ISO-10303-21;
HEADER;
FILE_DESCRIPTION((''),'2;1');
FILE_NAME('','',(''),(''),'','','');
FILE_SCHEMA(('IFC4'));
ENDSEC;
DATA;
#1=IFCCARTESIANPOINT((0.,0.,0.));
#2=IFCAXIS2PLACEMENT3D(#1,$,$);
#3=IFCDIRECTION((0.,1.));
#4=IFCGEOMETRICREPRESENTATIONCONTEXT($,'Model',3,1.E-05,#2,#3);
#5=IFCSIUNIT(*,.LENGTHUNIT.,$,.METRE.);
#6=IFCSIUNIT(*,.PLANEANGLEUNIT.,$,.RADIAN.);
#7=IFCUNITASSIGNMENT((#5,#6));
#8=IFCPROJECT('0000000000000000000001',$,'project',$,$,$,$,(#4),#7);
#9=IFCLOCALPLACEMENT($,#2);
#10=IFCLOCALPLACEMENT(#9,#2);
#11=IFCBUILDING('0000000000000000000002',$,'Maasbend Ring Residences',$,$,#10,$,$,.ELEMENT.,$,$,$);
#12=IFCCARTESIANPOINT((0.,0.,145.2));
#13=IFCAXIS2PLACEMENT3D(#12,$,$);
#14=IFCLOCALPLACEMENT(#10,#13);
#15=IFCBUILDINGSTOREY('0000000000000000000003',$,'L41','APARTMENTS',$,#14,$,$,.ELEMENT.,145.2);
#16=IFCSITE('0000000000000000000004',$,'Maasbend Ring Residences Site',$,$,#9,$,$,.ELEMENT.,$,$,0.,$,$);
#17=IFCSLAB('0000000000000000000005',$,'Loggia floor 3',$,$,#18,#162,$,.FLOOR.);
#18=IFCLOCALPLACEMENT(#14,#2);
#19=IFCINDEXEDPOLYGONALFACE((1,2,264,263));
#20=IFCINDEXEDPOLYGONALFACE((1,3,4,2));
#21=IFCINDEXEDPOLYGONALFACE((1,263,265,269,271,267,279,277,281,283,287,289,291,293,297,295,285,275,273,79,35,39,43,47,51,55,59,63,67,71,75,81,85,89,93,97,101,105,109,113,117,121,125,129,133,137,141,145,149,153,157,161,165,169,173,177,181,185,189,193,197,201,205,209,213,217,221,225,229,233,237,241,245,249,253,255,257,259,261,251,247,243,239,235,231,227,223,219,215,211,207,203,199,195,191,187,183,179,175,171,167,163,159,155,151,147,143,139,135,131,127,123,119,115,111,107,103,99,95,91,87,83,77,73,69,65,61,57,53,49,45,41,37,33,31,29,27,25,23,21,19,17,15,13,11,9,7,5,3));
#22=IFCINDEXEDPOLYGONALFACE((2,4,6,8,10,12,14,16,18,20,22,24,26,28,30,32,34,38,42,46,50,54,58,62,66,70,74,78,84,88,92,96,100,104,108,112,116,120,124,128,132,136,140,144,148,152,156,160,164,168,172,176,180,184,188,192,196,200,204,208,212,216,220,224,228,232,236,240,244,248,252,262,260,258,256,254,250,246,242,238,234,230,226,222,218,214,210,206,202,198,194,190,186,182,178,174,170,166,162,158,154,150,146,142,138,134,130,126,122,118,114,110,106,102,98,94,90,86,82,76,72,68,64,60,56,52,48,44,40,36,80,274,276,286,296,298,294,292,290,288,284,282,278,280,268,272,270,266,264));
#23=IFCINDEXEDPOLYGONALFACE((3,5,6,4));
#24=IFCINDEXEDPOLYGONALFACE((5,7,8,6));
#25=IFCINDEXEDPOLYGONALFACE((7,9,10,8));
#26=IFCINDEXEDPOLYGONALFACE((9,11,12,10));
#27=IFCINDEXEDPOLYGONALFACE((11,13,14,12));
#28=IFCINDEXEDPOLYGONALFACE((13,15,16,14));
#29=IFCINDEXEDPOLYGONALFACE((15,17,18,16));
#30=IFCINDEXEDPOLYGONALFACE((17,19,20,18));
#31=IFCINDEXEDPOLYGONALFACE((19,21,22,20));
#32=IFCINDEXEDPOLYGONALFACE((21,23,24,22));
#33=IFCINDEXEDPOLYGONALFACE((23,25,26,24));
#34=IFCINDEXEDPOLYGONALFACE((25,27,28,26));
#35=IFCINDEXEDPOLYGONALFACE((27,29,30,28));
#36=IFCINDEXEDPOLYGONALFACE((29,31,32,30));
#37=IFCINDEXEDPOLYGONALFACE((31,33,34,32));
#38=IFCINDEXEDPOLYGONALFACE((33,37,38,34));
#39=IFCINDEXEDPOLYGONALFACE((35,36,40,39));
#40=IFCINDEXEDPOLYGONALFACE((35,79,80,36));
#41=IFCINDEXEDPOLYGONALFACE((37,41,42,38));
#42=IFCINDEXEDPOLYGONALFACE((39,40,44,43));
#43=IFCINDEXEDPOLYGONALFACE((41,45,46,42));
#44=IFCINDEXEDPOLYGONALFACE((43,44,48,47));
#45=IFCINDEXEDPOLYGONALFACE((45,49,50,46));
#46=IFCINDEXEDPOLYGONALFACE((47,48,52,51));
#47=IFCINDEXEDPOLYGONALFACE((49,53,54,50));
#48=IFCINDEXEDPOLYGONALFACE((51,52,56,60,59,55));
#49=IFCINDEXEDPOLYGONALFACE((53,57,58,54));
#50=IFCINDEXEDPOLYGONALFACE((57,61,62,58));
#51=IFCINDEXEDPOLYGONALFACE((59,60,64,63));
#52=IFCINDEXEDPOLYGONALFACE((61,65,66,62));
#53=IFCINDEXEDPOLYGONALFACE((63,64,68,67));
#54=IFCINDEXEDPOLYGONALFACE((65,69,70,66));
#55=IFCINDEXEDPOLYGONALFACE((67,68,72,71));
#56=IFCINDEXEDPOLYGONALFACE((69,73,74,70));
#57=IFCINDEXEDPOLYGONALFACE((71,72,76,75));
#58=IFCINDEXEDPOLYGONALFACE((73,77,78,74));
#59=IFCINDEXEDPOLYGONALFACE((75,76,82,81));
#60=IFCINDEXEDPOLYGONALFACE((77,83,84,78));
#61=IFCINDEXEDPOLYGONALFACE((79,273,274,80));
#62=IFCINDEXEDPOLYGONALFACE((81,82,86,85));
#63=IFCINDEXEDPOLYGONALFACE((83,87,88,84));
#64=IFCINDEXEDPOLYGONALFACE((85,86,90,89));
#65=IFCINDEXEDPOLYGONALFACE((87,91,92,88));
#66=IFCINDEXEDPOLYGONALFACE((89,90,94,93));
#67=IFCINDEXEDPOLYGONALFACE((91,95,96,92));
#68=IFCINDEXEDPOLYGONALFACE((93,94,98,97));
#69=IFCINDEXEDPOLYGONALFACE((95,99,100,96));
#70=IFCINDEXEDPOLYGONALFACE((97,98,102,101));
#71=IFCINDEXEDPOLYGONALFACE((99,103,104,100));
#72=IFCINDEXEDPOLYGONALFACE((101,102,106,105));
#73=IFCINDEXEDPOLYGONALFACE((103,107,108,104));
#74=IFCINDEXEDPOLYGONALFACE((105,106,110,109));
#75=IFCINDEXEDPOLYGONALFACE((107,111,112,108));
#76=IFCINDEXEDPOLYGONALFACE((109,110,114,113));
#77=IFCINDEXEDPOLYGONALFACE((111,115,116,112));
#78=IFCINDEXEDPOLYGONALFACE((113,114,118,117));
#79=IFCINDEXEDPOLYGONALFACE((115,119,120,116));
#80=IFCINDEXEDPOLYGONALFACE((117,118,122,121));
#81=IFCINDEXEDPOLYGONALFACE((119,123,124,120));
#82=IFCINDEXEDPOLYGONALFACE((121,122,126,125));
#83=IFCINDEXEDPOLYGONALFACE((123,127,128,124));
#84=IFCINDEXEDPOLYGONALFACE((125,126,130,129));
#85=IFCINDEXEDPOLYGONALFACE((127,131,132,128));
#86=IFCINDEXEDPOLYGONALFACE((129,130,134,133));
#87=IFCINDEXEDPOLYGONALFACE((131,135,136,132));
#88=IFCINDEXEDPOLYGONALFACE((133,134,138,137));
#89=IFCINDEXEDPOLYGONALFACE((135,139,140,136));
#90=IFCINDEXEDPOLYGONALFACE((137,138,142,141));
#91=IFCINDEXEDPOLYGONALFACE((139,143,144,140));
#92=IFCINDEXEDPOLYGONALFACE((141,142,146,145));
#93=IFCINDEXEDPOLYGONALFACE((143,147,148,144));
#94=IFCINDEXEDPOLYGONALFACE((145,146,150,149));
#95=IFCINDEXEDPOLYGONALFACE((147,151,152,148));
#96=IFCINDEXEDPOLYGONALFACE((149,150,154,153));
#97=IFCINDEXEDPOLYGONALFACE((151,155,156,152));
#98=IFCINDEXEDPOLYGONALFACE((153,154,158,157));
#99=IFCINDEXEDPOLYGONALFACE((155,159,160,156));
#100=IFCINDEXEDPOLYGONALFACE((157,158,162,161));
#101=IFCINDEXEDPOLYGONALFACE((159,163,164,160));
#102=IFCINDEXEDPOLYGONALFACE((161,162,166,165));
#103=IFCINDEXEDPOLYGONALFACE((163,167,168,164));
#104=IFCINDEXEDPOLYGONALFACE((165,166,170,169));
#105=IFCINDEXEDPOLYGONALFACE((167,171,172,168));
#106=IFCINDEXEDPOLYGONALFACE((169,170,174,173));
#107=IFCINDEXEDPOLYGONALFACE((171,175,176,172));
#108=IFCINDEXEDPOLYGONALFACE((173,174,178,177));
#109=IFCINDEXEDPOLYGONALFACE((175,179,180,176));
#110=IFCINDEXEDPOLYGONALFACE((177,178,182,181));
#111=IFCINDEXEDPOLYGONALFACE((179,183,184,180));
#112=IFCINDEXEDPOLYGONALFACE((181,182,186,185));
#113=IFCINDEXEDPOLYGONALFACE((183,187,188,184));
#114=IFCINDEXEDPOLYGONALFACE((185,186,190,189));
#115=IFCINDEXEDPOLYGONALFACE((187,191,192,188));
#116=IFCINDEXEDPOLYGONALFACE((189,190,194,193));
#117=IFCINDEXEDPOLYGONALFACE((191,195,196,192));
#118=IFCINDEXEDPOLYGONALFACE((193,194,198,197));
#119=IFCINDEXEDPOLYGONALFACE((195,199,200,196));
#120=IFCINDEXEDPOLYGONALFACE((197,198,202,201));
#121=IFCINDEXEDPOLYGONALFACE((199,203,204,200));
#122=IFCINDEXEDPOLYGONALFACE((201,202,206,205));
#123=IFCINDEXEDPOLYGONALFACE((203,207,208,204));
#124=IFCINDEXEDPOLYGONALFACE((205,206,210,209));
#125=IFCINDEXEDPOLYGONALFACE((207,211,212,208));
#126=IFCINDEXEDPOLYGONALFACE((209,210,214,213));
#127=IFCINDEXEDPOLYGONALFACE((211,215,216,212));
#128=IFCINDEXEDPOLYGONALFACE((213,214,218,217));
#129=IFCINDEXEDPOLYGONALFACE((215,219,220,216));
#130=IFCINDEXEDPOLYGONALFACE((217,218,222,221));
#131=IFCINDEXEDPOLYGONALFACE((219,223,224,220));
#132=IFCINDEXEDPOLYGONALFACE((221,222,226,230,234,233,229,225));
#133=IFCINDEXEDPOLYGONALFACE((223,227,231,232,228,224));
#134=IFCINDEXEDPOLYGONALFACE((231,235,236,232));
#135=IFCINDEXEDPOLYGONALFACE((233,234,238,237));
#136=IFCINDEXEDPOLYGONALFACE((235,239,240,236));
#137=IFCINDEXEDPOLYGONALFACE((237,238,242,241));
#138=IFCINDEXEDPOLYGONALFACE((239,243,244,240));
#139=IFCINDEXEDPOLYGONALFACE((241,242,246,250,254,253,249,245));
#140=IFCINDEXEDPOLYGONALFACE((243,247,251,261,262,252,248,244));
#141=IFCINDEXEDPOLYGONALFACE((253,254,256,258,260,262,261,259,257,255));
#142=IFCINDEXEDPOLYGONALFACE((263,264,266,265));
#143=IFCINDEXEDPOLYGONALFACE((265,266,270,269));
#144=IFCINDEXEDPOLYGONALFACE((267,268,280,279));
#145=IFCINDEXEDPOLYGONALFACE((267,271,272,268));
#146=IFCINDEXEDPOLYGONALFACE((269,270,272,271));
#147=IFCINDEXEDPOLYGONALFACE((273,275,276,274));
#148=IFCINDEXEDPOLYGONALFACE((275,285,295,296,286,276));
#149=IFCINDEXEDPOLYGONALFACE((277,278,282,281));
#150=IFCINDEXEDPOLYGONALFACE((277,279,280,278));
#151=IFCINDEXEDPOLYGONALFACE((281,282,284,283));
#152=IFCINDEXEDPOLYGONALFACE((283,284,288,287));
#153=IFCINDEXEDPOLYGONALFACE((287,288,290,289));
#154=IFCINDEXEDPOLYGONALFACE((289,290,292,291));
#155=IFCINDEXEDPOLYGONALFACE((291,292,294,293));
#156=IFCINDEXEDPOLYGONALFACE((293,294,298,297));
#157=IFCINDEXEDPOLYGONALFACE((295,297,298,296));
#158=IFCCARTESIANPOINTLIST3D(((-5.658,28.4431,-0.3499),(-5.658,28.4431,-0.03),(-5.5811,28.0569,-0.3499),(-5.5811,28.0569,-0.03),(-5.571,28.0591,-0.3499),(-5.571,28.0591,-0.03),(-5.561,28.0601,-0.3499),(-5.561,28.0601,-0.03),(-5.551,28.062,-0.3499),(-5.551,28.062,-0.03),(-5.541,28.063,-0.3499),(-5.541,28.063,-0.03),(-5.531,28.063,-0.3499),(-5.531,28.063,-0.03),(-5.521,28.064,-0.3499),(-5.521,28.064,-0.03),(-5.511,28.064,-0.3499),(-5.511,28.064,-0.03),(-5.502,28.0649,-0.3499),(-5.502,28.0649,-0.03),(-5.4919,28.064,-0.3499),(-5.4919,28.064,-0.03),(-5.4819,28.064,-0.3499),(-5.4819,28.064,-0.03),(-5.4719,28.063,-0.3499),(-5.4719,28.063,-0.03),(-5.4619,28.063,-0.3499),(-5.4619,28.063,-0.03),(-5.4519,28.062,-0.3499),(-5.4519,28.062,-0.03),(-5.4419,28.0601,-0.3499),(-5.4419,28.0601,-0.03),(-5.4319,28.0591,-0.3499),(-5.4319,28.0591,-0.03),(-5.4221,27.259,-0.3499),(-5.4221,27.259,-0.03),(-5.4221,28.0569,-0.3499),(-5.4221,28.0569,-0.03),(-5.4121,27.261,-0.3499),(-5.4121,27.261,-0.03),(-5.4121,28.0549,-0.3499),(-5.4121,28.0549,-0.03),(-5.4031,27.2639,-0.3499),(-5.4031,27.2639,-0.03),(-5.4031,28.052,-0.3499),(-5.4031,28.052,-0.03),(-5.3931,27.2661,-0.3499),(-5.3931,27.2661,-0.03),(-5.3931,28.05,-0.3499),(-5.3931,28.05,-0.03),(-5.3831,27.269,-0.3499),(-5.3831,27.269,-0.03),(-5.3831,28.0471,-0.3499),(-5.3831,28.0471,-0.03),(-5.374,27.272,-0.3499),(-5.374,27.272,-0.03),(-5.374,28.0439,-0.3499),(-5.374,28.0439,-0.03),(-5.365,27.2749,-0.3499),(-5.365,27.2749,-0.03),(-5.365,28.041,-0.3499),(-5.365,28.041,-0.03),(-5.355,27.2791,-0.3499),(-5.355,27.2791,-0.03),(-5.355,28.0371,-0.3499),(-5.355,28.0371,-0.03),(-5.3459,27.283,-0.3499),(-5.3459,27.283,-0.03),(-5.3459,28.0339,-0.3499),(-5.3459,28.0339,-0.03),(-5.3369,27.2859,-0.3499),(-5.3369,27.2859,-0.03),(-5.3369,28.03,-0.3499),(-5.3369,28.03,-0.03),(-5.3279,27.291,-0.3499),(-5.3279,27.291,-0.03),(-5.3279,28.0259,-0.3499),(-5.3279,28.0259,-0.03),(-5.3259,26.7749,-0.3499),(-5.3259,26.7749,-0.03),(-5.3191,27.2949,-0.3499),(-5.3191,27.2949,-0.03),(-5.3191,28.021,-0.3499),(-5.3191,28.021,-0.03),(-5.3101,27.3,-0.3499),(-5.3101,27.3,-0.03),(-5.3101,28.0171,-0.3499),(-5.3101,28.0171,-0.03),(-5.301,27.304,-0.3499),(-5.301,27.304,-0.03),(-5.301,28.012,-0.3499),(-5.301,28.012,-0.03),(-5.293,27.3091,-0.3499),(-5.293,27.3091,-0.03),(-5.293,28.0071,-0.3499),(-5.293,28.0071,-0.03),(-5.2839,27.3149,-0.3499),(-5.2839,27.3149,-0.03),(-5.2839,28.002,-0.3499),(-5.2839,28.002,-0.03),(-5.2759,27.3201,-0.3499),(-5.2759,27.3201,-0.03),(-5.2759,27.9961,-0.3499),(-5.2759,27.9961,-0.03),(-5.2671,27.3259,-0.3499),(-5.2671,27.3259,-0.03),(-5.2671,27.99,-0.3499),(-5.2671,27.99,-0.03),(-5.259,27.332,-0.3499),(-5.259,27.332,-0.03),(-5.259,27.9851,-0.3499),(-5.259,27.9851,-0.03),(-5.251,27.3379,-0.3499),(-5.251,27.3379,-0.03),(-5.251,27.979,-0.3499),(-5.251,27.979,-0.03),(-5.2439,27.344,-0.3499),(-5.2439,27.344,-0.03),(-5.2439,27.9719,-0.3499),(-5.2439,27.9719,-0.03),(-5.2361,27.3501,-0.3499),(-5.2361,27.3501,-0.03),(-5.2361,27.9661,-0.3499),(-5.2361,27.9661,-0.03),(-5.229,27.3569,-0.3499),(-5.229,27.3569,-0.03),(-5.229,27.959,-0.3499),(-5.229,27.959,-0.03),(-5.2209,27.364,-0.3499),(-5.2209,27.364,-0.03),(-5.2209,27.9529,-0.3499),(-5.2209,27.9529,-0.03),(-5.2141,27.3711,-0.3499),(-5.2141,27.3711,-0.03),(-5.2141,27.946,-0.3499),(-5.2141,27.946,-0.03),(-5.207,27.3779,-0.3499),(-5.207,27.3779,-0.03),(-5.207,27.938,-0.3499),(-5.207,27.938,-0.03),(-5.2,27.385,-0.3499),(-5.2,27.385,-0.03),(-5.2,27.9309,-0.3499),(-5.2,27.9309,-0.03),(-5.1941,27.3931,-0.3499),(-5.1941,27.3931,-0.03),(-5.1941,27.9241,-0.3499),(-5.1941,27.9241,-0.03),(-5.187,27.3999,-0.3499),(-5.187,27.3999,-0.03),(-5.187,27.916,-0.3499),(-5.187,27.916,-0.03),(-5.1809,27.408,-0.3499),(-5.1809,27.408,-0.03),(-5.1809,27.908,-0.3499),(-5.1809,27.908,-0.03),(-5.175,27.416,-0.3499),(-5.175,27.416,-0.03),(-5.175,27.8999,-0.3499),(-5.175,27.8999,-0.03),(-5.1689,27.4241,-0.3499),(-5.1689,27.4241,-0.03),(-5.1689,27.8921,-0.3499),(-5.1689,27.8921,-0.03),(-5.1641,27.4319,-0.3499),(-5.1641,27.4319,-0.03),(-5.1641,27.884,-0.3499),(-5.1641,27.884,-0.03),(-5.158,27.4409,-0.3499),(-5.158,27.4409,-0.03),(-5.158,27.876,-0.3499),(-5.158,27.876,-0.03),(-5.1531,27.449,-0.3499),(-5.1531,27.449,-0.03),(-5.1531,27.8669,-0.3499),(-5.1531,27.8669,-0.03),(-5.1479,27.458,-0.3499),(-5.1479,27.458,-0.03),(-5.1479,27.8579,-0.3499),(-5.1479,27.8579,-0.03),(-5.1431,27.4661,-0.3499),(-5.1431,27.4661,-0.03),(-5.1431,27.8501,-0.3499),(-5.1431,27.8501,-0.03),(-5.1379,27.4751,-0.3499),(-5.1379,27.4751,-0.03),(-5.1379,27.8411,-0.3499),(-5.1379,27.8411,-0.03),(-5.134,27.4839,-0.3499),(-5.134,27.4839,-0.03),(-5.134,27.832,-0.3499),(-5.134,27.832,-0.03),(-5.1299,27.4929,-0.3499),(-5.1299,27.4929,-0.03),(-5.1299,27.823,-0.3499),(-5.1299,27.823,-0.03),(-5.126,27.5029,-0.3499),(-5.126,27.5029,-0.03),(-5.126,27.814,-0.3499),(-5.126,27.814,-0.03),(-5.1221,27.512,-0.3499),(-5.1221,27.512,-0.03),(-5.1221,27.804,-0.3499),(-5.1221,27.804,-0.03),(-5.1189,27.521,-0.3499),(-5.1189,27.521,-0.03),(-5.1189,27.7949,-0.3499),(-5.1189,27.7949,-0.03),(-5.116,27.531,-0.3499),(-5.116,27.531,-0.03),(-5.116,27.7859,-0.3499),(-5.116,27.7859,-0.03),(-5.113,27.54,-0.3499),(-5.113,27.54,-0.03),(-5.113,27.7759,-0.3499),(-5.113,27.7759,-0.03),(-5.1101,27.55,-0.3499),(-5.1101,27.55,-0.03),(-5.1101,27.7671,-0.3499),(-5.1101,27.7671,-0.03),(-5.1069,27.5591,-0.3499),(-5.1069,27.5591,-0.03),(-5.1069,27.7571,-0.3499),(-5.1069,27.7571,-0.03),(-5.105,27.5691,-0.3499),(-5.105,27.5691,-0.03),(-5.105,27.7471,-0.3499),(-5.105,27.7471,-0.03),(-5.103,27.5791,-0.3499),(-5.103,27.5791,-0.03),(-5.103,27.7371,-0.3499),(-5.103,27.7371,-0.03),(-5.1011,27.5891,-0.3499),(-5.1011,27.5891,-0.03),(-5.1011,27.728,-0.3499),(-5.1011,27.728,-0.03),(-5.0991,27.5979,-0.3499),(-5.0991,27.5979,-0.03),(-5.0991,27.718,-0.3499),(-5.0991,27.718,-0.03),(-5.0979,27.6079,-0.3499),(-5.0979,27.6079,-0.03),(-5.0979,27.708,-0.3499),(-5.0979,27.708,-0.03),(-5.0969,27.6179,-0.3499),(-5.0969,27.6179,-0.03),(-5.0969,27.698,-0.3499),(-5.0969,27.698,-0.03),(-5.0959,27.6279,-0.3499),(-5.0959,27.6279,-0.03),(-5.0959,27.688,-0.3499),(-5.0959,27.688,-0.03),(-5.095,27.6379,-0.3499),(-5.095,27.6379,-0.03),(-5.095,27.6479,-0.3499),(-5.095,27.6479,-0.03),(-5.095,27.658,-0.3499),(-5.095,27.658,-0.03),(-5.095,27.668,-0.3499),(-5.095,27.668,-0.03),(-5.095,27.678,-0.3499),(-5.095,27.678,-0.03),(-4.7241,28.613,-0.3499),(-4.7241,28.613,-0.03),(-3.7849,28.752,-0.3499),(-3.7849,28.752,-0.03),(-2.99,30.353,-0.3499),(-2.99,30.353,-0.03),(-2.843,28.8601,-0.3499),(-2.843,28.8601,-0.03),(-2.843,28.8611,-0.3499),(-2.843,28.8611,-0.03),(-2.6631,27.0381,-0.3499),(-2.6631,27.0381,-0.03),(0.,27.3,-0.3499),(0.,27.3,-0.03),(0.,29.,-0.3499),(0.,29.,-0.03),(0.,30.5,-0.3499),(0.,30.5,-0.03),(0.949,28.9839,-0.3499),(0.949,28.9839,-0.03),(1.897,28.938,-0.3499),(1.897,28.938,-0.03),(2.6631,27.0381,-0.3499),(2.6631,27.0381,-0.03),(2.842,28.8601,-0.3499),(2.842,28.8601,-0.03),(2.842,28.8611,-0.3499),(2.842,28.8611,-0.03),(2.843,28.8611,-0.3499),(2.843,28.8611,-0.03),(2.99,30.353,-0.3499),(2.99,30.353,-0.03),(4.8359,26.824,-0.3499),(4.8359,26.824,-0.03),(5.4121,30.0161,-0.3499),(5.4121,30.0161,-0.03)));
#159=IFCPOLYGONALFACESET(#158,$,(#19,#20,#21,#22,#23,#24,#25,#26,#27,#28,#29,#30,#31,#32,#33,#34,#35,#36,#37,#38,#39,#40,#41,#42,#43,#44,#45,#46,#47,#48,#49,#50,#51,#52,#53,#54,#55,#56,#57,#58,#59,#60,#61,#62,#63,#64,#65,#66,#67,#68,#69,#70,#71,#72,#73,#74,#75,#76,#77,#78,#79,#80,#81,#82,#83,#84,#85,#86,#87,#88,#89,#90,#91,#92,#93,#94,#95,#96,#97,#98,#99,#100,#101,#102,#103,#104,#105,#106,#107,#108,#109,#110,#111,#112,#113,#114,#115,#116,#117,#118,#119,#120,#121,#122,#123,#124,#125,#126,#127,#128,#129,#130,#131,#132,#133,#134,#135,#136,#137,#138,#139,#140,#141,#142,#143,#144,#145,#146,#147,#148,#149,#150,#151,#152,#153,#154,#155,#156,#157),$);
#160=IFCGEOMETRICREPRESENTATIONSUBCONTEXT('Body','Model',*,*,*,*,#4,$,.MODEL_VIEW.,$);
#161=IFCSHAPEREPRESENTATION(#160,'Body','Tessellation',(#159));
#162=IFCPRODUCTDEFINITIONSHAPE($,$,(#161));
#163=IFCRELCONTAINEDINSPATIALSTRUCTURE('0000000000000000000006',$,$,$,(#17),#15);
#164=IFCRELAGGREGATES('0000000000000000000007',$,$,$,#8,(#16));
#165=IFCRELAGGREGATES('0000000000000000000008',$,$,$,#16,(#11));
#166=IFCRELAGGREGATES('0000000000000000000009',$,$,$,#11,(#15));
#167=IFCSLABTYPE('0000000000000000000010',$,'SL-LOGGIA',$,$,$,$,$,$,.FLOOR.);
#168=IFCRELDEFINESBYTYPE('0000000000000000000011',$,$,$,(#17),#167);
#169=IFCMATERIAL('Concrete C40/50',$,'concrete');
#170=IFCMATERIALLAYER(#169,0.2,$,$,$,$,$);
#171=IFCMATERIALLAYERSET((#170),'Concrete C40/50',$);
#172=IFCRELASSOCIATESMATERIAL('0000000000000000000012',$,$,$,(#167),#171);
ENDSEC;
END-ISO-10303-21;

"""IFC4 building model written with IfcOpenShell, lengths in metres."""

from ifc_helpers import new_model, si_unit, direction, frame, origin, place, context, subcontext, project, spatial, polyline, outline, extrude, material, layer, layer_set, type_object, element, save


model = new_model("IFC4")

# Units and contexts
model_context = context("Model", 3, precision=1e-05, world=origin(), true_north=direction((0.0, 1.0)))
body_context = subcontext(model_context, "Body", "Model", "MODEL_VIEW")
ifc_project = project(units=[si_unit("LENGTHUNIT", "METRE"), si_unit("PLANEANGLEUNIT", "RADIAN")], contexts=[model_context])

# Site, building, storey
site_placement = place(None, origin())
site = spatial("IfcSite", under=ifc_project, at=site_placement, Name="Maasbend Ring Residences Site", CompositionType="ELEMENT", RefElevation=0.0)
building_placement = place(site_placement, origin())
building = spatial("IfcBuilding", under=site, at=building_placement, Name="Maasbend Ring Residences", CompositionType="ELEMENT")
storey_placement = place(building_placement, frame((0.0, 0.0, 145.2)))
storey = spatial("IfcBuildingStorey", under=building, at=storey_placement, Name="L41", Description="APARTMENTS", CompositionType="ELEMENT", Elevation=145.2)

# Slab
ifc_material_1 = material(Name="Concrete C40/50", Category="concrete")
ifc_layer_1 = layer(ifc_material_1, 0.2)
ifc_layer_set_1 = layer_set([ifc_layer_1], Name="Concrete C40/50")
slab_type_1 = type_object("IfcSlabType", Name="SL-LOGGIA", PredefinedType="FLOOR", material=ifc_layer_set_1)
slab_1_placement = place(storey_placement, frame((0.0, 0.0, -0.3499)))
element("IfcSlab", 1, at=slab_1_placement, inside=storey, type_object=slab_type_1, Name="Loggia floor 3", PredefinedType="FLOOR", context=body_context, shape_type="SweptSolid", body=[
    extrude(outline(polyline([(-3.7849, 28.752), (-2.843, 28.8601), (-2.843, 28.8601), (-2.843, 28.8601), (-2.843, 28.8601), (-2.843, 28.8601), (-2.843, 28.8601), (-2.843, 28.8601), (-2.843, 28.8601), (-2.843, 28.8601), (-2.843, 28.8611), (-2.843, 28.8611), (-2.843, 28.8611), (-2.843, 28.8611), (-2.843, 28.8611), (-2.843, 28.8611), (-2.843, 28.8611), (-2.843, 28.8611), (-2.99, 30.353), (-2.99, 30.353), (-2.99, 30.353), (0.0, 30.5), (0.0, 30.5), (0.0, 30.5), (0.0, 29.0), (0.0, 29.0), (0.0, 29.0), (0.0, 29.0), (0.0, 29.0), (0.0, 29.0), (0.0, 29.0), (0.0, 29.0), (0.0, 29.0), (0.0, 29.0), (0.0, 29.0), (0.0, 29.0), (0.0, 29.0), (0.0, 29.0), (0.0, 29.0), (0.0, 29.0), (0.0, 29.0), (0.949, 28.9839), (0.949, 28.9839), (1.897, 28.938), (1.897, 28.938), (2.842, 28.8601), (2.842, 28.8601), (2.842, 28.8601), (2.842, 28.8601), (2.842, 28.8601), (2.842, 28.8601), (2.842, 28.8601), (2.842, 28.8601), (2.842, 28.8611), (2.842, 28.8611), (2.842, 28.8611), (2.842, 28.8611), (2.842, 28.8611), (2.843, 28.8611), (2.843, 28.8611), (2.843, 28.8611), (2.843, 28.8611), (2.99, 30.353), (2.99, 30.353), (2.99, 30.353), (5.4121, 30.0161), (5.4121, 30.0161), (5.4121, 30.0161), (4.8359, 26.824), (4.8359, 26.824), (4.8359, 26.824), (2.6631, 27.0381), (0.0, 27.3), (0.0, 27.3), (0.0, 27.3), (-2.6631, 27.0381), (-5.3259, 26.7749), (-5.3259, 26.7749), (-5.3259, 26.7749), (-5.4221, 27.259), (-5.4221, 27.259), (-5.4121, 27.261), (-5.4031, 27.2639), (-5.3931, 27.2661), (-5.3831, 27.269), (-5.374, 27.272), (-5.365, 27.2749), (-5.355, 27.2791), (-5.3459, 27.283), (-5.3369, 27.2859), (-5.3279, 27.291), (-5.3191, 27.2949), (-5.3101, 27.3), (-5.301, 27.304), (-5.293, 27.3091), (-5.2839, 27.3149), (-5.2759, 27.3201), (-5.2671, 27.3259), (-5.259, 27.332), (-5.251, 27.3379), (-5.2439, 27.344), (-5.2361, 27.3501), (-5.229, 27.3569), (-5.2209, 27.364), (-5.2141, 27.3711), (-5.207, 27.3779), (-5.2, 27.385), (-5.1941, 27.3931), (-5.187, 27.3999), (-5.1809, 27.408), (-5.175, 27.416), (-5.1689, 27.4241), (-5.1641, 27.4319), (-5.158, 27.4409), (-5.1531, 27.449), (-5.1479, 27.458), (-5.1431, 27.4661), (-5.1379, 27.4751), (-5.134, 27.4839), (-5.1299, 27.4929), (-5.126, 27.5029), (-5.1221, 27.512), (-5.1189, 27.521), (-5.116, 27.531), (-5.113, 27.54), (-5.1101, 27.55), (-5.1069, 27.5591), (-5.105, 27.5691), (-5.103, 27.5791), (-5.1011, 27.5891), (-5.0991, 27.5979), (-5.0979, 27.6079), (-5.0969, 27.6179), (-5.0959, 27.6279), (-5.095, 27.6379), (-5.095, 27.6479), (-5.095, 27.658), (-5.095, 27.668), (-5.095, 27.678), (-5.0959, 27.688), (-5.0969, 27.698), (-5.0979, 27.708), (-5.0991, 27.718), (-5.1011, 27.728), (-5.103, 27.7371), (-5.105, 27.7471), (-5.1069, 27.7571), (-5.1101, 27.7671), (-5.113, 27.7759), (-5.116, 27.7859), (-5.1189, 27.7949), (-5.1221, 27.804), (-5.126, 27.814), (-5.1299, 27.823), (-5.134, 27.832), (-5.1379, 27.8411), (-5.1431, 27.8501), (-5.1479, 27.8579), (-5.1531, 27.8669), (-5.158, 27.876), (-5.1641, 27.884), (-5.1689, 27.8921), (-5.175, 27.8999), (-5.1809, 27.908), (-5.187, 27.916), (-5.1941, 27.9241), (-5.2, 27.9309), (-5.207, 27.938), (-5.2141, 27.946), (-5.2209, 27.9529), (-5.229, 27.959), (-5.2361, 27.9661), (-5.2439, 27.9719), (-5.251, 27.979), (-5.259, 27.9851), (-5.2671, 27.99), (-5.2759, 27.9961), (-5.2839, 28.002), (-5.293, 28.0071), (-5.301, 28.012), (-5.3101, 28.0171), (-5.3191, 28.021), (-5.3279, 28.0259), (-5.3369, 28.03), (-5.3459, 28.0339), (-5.355, 28.0371), (-5.365, 28.041), (-5.374, 28.0439), (-5.3831, 28.0471), (-5.3931, 28.05), (-5.4031, 28.052), (-5.4121, 28.0549), (-5.4221, 28.0569), (-5.4319, 28.0591), (-5.4419, 28.0601), (-5.4519, 28.062), (-5.4619, 28.063), (-5.4719, 28.063), (-5.4819, 28.064), (-5.4919, 28.064), (-5.502, 28.0649), (-5.511, 28.064), (-5.521, 28.064), (-5.531, 28.063), (-5.541, 28.063), (-5.551, 28.062), (-5.561, 28.0601), (-5.571, 28.0591), (-5.5811, 28.0569), (-5.5811, 28.0569), (-5.658, 28.4431), (-5.658, 28.4431), (-5.658, 28.4431), (-4.7241, 28.613), (-4.7241, 28.613), (-3.7849, 28.752), (-3.7849, 28.752)])), origin(), (0.0, 0.0, 1.0), 0.3198),
])

save(model, "model.ifc")
